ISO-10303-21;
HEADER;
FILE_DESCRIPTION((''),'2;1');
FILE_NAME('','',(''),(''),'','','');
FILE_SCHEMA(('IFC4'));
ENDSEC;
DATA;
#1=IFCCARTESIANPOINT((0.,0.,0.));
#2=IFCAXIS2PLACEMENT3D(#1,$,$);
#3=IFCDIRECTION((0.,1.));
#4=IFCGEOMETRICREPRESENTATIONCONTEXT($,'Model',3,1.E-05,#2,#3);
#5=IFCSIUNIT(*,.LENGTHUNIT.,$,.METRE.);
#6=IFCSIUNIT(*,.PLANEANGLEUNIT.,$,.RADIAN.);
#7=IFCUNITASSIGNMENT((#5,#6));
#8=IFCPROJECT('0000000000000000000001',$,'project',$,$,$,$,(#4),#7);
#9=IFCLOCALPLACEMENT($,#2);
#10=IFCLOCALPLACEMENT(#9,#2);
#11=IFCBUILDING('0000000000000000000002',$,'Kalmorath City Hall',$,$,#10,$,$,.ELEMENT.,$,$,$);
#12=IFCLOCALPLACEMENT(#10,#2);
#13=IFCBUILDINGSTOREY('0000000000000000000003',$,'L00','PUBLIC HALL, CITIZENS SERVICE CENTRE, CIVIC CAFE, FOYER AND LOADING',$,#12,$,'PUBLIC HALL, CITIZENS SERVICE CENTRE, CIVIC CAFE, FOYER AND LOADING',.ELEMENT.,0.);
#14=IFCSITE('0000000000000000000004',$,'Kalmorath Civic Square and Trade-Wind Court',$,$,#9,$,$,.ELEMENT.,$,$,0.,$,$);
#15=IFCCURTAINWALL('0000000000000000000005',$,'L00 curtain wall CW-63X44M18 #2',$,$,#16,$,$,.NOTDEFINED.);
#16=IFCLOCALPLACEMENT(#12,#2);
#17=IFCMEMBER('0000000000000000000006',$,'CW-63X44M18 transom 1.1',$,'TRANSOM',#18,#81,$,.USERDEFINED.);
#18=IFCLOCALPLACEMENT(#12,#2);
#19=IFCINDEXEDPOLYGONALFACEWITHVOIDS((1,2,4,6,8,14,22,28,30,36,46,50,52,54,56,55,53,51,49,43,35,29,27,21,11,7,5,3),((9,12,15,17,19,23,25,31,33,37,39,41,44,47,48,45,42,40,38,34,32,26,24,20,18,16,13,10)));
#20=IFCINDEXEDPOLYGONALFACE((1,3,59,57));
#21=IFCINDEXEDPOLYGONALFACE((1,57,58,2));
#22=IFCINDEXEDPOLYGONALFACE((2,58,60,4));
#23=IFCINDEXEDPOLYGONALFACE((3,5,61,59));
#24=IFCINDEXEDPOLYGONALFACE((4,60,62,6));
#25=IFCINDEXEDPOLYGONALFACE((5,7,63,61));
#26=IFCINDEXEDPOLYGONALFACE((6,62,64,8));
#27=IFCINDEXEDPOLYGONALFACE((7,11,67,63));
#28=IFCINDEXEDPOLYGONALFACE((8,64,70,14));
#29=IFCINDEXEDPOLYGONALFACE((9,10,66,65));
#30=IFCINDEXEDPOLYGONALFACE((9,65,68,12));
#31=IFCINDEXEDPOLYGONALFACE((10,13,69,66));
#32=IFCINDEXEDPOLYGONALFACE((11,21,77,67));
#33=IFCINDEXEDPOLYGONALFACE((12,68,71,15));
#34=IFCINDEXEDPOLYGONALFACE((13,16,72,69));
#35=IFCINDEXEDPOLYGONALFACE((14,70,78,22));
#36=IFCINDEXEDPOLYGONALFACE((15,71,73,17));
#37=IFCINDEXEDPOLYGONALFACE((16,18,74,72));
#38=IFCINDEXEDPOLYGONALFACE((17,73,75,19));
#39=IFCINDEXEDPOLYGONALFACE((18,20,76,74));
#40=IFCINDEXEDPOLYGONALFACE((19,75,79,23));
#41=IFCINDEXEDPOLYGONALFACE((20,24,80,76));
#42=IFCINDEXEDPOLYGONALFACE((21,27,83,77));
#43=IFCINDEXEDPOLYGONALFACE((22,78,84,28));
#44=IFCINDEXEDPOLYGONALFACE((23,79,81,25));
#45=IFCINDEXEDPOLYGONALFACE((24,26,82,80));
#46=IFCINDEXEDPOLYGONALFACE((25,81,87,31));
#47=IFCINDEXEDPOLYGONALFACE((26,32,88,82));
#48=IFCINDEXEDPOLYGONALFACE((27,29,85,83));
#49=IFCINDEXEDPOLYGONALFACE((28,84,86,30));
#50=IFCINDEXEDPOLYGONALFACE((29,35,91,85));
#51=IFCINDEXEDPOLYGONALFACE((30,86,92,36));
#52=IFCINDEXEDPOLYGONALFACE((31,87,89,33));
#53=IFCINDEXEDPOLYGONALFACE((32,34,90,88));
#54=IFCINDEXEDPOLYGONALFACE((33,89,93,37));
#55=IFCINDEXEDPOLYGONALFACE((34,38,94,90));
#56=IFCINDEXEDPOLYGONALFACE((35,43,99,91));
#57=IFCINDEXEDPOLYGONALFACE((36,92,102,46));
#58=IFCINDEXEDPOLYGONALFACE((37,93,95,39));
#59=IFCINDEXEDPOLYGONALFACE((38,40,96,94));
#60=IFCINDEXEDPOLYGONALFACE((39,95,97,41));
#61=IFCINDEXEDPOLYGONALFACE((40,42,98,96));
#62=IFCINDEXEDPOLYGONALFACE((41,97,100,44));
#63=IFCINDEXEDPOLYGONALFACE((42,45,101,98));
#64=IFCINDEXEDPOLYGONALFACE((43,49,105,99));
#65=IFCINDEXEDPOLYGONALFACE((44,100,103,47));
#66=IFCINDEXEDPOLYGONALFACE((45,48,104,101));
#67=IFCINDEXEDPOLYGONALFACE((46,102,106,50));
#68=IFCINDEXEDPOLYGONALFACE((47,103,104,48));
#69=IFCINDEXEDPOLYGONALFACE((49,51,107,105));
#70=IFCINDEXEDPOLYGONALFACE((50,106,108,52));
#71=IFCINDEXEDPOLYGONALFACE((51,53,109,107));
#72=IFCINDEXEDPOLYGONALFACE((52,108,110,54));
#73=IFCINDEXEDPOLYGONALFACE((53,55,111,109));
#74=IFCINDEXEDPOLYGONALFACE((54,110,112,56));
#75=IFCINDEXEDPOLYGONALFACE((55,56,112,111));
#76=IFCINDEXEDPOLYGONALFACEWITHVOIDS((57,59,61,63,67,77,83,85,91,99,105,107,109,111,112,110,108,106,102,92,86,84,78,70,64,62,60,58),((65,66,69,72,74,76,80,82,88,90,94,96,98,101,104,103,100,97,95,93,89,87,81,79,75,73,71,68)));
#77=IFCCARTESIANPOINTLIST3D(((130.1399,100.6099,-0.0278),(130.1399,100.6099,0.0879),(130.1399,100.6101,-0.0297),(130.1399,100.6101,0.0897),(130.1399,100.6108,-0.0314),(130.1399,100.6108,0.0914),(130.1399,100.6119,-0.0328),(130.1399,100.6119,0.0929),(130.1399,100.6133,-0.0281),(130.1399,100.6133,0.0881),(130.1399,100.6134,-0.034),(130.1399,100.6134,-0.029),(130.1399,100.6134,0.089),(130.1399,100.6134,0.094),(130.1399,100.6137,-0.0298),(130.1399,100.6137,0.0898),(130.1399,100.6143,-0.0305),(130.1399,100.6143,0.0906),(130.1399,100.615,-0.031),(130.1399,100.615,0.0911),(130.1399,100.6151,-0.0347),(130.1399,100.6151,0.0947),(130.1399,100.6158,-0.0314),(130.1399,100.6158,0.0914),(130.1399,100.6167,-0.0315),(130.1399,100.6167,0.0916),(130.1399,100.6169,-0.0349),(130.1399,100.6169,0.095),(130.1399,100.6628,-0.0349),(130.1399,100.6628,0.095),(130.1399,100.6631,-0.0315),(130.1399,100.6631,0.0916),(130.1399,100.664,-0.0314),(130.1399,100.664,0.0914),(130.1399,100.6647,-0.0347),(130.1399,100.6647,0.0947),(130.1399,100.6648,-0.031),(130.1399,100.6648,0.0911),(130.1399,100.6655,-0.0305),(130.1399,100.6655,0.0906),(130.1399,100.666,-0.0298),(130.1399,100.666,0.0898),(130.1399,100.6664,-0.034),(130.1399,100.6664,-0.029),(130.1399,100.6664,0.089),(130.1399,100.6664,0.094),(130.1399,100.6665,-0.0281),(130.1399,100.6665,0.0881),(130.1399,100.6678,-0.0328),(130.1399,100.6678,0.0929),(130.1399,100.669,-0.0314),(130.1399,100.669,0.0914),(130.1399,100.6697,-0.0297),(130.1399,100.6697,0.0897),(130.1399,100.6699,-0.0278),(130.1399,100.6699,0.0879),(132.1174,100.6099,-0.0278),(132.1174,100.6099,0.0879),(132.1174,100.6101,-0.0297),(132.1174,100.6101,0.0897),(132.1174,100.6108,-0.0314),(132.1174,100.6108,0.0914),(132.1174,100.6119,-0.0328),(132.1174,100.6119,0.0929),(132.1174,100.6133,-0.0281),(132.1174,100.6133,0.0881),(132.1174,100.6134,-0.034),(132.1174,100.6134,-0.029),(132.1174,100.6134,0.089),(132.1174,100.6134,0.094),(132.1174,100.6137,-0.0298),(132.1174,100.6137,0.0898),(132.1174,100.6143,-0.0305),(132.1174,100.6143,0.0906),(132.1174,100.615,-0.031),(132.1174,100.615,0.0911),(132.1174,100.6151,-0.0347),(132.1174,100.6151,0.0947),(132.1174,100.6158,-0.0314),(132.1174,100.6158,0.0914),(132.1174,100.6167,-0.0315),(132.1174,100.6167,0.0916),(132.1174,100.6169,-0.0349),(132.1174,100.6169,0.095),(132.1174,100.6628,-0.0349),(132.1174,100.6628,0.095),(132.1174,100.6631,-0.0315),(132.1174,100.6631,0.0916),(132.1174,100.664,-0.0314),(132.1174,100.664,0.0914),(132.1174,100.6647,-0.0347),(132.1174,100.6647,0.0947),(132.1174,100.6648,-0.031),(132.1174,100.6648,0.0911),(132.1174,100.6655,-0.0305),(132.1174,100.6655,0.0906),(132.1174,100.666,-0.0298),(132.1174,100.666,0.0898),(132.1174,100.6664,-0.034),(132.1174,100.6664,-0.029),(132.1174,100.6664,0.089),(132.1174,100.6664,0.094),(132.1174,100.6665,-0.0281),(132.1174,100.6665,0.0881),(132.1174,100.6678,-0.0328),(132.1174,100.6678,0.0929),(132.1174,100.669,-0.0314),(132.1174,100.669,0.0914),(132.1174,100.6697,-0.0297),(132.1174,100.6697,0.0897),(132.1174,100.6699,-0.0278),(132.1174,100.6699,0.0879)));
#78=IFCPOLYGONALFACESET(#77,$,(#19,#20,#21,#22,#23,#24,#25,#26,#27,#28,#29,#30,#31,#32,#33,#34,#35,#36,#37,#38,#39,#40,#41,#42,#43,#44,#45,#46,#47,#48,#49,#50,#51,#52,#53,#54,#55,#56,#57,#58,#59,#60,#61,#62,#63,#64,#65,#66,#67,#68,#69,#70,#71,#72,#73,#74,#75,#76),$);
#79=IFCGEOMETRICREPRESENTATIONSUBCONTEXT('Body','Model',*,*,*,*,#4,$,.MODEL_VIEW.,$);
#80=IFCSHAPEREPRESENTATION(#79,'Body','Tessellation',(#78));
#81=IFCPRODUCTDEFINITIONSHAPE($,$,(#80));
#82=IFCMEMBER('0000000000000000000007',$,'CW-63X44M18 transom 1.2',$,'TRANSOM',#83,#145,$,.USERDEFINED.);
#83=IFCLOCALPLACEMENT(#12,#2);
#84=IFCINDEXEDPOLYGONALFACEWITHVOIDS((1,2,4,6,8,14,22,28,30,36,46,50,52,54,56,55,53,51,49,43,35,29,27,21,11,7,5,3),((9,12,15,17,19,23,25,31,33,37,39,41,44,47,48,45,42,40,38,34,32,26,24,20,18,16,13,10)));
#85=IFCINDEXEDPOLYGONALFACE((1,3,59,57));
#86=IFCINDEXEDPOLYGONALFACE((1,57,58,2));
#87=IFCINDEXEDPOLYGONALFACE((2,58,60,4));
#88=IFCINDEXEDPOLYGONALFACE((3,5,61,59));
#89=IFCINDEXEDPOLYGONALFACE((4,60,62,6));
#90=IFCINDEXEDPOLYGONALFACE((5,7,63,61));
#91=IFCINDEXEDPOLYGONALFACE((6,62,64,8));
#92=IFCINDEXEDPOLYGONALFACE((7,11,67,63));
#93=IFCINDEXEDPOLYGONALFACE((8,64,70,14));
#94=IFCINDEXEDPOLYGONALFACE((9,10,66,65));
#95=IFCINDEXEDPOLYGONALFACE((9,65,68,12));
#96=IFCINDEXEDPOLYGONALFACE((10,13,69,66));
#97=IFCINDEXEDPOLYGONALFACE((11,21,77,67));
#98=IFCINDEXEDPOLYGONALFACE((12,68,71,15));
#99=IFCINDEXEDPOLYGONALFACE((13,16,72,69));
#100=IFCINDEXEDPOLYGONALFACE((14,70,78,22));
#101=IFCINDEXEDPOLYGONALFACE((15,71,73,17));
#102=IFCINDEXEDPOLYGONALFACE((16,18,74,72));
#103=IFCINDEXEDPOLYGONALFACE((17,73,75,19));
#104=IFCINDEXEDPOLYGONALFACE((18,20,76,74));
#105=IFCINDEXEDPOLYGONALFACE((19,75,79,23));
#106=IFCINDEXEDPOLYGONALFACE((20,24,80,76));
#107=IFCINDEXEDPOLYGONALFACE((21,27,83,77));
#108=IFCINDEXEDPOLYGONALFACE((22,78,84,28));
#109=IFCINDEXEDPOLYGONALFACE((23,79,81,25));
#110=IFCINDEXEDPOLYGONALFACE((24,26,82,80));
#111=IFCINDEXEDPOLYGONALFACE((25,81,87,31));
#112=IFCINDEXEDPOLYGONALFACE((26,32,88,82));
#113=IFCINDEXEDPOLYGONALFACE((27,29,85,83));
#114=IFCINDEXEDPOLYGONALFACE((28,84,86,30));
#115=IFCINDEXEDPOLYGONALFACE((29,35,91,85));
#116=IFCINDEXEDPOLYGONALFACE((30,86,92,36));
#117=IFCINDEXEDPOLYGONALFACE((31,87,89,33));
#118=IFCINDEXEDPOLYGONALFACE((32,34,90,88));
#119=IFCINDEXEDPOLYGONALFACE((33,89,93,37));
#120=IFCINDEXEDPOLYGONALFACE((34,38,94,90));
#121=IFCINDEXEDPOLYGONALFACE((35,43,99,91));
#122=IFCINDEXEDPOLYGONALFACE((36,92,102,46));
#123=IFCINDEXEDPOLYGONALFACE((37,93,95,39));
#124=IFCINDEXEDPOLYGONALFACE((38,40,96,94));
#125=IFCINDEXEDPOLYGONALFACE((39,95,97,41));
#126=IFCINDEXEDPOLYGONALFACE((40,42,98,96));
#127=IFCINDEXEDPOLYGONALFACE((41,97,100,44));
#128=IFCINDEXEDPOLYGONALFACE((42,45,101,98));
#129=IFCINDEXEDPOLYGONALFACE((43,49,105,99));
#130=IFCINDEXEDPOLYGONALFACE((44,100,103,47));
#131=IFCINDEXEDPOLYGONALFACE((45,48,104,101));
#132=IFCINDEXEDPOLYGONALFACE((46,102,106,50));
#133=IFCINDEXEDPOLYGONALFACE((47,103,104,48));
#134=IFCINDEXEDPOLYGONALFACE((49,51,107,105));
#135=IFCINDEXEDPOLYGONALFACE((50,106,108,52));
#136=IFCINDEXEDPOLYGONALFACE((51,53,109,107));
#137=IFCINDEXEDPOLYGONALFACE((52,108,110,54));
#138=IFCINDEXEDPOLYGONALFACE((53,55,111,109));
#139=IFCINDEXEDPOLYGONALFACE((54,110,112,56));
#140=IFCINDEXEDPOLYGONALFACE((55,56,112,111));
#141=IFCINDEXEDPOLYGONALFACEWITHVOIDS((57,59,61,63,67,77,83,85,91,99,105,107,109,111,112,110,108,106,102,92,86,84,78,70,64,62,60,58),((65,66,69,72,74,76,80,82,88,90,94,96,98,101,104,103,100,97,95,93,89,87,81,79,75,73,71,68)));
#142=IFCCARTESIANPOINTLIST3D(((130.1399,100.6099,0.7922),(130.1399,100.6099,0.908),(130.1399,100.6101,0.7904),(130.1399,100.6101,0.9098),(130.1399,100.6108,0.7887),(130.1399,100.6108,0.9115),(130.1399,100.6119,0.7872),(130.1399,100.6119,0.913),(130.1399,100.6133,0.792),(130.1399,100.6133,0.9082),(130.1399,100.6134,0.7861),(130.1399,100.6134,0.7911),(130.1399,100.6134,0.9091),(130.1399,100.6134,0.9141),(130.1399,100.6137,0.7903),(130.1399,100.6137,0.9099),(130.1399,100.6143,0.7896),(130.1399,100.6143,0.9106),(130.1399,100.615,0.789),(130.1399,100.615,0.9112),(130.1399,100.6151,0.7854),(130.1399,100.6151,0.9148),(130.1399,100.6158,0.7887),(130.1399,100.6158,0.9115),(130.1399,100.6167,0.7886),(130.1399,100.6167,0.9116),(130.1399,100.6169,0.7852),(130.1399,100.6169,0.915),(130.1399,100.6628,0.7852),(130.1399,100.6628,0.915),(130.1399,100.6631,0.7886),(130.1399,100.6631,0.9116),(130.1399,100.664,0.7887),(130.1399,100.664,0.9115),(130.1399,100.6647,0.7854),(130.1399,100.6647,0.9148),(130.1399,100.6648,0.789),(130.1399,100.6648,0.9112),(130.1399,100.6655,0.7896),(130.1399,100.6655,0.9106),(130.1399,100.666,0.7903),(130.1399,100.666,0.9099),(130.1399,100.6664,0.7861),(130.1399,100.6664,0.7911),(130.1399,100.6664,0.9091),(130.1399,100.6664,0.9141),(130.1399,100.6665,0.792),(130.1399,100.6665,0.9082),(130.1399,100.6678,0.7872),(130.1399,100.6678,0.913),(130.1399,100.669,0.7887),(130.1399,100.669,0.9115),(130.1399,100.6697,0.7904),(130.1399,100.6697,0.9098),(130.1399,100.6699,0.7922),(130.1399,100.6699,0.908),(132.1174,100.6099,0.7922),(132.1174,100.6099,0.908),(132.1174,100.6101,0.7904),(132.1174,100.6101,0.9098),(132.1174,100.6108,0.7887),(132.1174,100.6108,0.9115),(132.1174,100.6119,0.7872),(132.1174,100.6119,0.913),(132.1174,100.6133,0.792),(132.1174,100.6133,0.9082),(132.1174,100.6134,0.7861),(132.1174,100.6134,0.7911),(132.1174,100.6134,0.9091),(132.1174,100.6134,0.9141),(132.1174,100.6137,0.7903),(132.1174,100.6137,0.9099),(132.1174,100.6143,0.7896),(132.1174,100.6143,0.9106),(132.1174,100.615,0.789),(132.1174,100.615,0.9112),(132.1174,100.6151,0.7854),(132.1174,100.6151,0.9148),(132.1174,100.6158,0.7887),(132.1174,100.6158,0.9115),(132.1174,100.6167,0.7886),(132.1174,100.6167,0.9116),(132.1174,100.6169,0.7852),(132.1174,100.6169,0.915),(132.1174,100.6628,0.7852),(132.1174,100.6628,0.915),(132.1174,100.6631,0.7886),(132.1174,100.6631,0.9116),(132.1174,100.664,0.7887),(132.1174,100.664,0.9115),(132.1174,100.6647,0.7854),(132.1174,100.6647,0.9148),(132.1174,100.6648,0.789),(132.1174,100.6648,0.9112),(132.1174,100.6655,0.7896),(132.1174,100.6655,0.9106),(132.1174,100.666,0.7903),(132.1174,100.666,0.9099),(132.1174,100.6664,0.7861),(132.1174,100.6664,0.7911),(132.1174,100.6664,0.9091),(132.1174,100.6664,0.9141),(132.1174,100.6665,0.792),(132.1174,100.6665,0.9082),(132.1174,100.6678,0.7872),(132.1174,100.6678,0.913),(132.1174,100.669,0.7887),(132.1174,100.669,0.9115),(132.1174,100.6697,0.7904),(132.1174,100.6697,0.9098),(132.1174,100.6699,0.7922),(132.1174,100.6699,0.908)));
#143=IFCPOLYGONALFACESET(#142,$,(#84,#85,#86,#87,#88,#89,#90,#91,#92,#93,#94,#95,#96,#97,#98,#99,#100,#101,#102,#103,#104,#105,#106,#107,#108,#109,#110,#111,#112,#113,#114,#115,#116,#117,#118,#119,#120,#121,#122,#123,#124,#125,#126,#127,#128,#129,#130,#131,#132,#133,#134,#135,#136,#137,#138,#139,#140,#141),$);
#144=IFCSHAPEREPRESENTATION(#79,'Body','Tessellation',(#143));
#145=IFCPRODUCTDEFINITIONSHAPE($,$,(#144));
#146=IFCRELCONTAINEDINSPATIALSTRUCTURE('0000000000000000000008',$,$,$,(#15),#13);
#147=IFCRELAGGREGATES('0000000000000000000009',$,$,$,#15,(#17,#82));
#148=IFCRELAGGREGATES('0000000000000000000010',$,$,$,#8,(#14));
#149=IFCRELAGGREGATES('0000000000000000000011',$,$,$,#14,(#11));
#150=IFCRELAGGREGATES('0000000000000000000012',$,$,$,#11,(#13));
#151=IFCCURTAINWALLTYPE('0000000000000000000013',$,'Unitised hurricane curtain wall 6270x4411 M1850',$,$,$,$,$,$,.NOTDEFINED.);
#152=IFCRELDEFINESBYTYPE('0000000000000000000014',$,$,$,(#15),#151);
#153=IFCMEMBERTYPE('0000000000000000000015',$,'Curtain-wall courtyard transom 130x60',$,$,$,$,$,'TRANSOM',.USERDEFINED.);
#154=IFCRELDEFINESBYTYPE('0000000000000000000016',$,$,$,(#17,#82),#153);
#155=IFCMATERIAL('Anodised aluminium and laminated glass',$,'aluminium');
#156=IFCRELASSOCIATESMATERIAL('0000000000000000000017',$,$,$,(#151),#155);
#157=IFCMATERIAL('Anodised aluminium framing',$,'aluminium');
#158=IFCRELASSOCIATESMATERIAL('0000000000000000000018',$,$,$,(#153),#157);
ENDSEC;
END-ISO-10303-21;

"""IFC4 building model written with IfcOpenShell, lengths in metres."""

from ifc_helpers import new_model, si_unit, direction, frame, origin, origin_2d, place, context, subcontext, project, spatial, hollow_rectangle, extrude, material, material_profile, profile_set, type_object, element, aggregate, save


model = new_model("IFC4")

# Units and contexts
model_context = context("Model", 3, precision=1e-05, world=origin(), true_north=direction((0.0, 1.0)))
body_context = subcontext(model_context, "Body", "Model", "MODEL_VIEW")
ifc_project = project(units=[si_unit("LENGTHUNIT", "METRE"), si_unit("PLANEANGLEUNIT", "RADIAN")], contexts=[model_context])

# Site, building, storey
site_placement = place(None, origin())
site = spatial("IfcSite", under=ifc_project, at=site_placement, Name="Kalmorath Civic Square and Trade-Wind Court", CompositionType="ELEMENT", RefElevation=0.0)
building_placement = place(site_placement, origin())
building = spatial("IfcBuilding", under=site, at=building_placement, Name="Kalmorath City Hall", CompositionType="ELEMENT")
storey_placement = place(building_placement, origin())
storey = spatial("IfcBuildingStorey", under=building, at=storey_placement, Name="L00", Description="PUBLIC HALL, CITIZENS SERVICE CENTRE, CIVIC CAFE, FOYER AND LOADING", LongName="PUBLIC HALL, CITIZENS SERVICE CENTRE, CIVIC CAFE, FOYER AND LOADING", CompositionType="ELEMENT", Elevation=0.0)

# Curtain wall, members
ifc_material_1 = material(Name="Anodised aluminium and laminated glass", Category="aluminium")
curtain_wall_type = type_object("IfcCurtainWallType", Name="Unitised hurricane curtain wall 6270x4411 M1850", PredefinedType="NOTDEFINED", material=ifc_material_1)
curtain_wall_placement = place(storey_placement, origin())
curtain_wall = element("IfcCurtainWall", 1, at=curtain_wall_placement, inside=storey, type_object=curtain_wall_type, Name="L00 curtain wall CW-63X44M18 #2", PredefinedType="NOTDEFINED")
ifc_material_2 = material(Name="Anodised aluminium framing", Category="aluminium")
ifc_material_profile_1 = material_profile(ifc_material_2, hollow_rectangle(XDim=0.0601, YDim=0.1299, WallThickness=0.0034, InnerFilletRadius=0.0034, OuterFilletRadius=0.0071, at=origin_2d()), Name="ALU-TRN-130X60X3.5")
ifc_profile_set_1 = profile_set([ifc_material_profile_1], Name="Anodised aluminium framing")
member_type_1 = type_object("IfcMemberType", Name="Curtain-wall courtyard transom 130x60", ElementType="TRANSOM", PredefinedType="USERDEFINED", material=ifc_profile_set_1)
member_1_placement = place(storey_placement, frame((130.1399, 100.6399, 0.03), z_axis=(1.0, 0.0, 0.0), x_axis=(0.0, 1.0, 0.0)))
member_1 = element("IfcMember", 2, at=member_1_placement, type_object=member_type_1, Name="CW-63X44M18 transom 1.1", ObjectType="TRANSOM", PredefinedType="USERDEFINED", context=body_context, shape_type="SweptSolid", body=[
    extrude(hollow_rectangle(XDim=0.0601, YDim=0.1299, WallThickness=0.0034, InnerFilletRadius=0.0034, OuterFilletRadius=0.0071, at=origin_2d()), origin(), (0.0, 0.0, 1.0), 1.9775),
])
member_2_placement = place(storey_placement, frame((130.1399, 100.6399, 0.8501), z_axis=(1.0, 0.0, 0.0), x_axis=(0.0, 1.0, 0.0)))
member_2 = element("IfcMember", 3, at=member_2_placement, type_object=member_type_1, Name="CW-63X44M18 transom 1.2", ObjectType="TRANSOM", PredefinedType="USERDEFINED", context=body_context, shape_type="SweptSolid", body=[
    extrude(hollow_rectangle(XDim=0.0601, YDim=0.1299, WallThickness=0.0034, InnerFilletRadius=0.0034, OuterFilletRadius=0.0071, at=origin_2d()), origin(), (0.0, 0.0, 1.0), 1.9775),
])

aggregate(curtain_wall, [member_1, member_2])

save(model, "model.ifc")
